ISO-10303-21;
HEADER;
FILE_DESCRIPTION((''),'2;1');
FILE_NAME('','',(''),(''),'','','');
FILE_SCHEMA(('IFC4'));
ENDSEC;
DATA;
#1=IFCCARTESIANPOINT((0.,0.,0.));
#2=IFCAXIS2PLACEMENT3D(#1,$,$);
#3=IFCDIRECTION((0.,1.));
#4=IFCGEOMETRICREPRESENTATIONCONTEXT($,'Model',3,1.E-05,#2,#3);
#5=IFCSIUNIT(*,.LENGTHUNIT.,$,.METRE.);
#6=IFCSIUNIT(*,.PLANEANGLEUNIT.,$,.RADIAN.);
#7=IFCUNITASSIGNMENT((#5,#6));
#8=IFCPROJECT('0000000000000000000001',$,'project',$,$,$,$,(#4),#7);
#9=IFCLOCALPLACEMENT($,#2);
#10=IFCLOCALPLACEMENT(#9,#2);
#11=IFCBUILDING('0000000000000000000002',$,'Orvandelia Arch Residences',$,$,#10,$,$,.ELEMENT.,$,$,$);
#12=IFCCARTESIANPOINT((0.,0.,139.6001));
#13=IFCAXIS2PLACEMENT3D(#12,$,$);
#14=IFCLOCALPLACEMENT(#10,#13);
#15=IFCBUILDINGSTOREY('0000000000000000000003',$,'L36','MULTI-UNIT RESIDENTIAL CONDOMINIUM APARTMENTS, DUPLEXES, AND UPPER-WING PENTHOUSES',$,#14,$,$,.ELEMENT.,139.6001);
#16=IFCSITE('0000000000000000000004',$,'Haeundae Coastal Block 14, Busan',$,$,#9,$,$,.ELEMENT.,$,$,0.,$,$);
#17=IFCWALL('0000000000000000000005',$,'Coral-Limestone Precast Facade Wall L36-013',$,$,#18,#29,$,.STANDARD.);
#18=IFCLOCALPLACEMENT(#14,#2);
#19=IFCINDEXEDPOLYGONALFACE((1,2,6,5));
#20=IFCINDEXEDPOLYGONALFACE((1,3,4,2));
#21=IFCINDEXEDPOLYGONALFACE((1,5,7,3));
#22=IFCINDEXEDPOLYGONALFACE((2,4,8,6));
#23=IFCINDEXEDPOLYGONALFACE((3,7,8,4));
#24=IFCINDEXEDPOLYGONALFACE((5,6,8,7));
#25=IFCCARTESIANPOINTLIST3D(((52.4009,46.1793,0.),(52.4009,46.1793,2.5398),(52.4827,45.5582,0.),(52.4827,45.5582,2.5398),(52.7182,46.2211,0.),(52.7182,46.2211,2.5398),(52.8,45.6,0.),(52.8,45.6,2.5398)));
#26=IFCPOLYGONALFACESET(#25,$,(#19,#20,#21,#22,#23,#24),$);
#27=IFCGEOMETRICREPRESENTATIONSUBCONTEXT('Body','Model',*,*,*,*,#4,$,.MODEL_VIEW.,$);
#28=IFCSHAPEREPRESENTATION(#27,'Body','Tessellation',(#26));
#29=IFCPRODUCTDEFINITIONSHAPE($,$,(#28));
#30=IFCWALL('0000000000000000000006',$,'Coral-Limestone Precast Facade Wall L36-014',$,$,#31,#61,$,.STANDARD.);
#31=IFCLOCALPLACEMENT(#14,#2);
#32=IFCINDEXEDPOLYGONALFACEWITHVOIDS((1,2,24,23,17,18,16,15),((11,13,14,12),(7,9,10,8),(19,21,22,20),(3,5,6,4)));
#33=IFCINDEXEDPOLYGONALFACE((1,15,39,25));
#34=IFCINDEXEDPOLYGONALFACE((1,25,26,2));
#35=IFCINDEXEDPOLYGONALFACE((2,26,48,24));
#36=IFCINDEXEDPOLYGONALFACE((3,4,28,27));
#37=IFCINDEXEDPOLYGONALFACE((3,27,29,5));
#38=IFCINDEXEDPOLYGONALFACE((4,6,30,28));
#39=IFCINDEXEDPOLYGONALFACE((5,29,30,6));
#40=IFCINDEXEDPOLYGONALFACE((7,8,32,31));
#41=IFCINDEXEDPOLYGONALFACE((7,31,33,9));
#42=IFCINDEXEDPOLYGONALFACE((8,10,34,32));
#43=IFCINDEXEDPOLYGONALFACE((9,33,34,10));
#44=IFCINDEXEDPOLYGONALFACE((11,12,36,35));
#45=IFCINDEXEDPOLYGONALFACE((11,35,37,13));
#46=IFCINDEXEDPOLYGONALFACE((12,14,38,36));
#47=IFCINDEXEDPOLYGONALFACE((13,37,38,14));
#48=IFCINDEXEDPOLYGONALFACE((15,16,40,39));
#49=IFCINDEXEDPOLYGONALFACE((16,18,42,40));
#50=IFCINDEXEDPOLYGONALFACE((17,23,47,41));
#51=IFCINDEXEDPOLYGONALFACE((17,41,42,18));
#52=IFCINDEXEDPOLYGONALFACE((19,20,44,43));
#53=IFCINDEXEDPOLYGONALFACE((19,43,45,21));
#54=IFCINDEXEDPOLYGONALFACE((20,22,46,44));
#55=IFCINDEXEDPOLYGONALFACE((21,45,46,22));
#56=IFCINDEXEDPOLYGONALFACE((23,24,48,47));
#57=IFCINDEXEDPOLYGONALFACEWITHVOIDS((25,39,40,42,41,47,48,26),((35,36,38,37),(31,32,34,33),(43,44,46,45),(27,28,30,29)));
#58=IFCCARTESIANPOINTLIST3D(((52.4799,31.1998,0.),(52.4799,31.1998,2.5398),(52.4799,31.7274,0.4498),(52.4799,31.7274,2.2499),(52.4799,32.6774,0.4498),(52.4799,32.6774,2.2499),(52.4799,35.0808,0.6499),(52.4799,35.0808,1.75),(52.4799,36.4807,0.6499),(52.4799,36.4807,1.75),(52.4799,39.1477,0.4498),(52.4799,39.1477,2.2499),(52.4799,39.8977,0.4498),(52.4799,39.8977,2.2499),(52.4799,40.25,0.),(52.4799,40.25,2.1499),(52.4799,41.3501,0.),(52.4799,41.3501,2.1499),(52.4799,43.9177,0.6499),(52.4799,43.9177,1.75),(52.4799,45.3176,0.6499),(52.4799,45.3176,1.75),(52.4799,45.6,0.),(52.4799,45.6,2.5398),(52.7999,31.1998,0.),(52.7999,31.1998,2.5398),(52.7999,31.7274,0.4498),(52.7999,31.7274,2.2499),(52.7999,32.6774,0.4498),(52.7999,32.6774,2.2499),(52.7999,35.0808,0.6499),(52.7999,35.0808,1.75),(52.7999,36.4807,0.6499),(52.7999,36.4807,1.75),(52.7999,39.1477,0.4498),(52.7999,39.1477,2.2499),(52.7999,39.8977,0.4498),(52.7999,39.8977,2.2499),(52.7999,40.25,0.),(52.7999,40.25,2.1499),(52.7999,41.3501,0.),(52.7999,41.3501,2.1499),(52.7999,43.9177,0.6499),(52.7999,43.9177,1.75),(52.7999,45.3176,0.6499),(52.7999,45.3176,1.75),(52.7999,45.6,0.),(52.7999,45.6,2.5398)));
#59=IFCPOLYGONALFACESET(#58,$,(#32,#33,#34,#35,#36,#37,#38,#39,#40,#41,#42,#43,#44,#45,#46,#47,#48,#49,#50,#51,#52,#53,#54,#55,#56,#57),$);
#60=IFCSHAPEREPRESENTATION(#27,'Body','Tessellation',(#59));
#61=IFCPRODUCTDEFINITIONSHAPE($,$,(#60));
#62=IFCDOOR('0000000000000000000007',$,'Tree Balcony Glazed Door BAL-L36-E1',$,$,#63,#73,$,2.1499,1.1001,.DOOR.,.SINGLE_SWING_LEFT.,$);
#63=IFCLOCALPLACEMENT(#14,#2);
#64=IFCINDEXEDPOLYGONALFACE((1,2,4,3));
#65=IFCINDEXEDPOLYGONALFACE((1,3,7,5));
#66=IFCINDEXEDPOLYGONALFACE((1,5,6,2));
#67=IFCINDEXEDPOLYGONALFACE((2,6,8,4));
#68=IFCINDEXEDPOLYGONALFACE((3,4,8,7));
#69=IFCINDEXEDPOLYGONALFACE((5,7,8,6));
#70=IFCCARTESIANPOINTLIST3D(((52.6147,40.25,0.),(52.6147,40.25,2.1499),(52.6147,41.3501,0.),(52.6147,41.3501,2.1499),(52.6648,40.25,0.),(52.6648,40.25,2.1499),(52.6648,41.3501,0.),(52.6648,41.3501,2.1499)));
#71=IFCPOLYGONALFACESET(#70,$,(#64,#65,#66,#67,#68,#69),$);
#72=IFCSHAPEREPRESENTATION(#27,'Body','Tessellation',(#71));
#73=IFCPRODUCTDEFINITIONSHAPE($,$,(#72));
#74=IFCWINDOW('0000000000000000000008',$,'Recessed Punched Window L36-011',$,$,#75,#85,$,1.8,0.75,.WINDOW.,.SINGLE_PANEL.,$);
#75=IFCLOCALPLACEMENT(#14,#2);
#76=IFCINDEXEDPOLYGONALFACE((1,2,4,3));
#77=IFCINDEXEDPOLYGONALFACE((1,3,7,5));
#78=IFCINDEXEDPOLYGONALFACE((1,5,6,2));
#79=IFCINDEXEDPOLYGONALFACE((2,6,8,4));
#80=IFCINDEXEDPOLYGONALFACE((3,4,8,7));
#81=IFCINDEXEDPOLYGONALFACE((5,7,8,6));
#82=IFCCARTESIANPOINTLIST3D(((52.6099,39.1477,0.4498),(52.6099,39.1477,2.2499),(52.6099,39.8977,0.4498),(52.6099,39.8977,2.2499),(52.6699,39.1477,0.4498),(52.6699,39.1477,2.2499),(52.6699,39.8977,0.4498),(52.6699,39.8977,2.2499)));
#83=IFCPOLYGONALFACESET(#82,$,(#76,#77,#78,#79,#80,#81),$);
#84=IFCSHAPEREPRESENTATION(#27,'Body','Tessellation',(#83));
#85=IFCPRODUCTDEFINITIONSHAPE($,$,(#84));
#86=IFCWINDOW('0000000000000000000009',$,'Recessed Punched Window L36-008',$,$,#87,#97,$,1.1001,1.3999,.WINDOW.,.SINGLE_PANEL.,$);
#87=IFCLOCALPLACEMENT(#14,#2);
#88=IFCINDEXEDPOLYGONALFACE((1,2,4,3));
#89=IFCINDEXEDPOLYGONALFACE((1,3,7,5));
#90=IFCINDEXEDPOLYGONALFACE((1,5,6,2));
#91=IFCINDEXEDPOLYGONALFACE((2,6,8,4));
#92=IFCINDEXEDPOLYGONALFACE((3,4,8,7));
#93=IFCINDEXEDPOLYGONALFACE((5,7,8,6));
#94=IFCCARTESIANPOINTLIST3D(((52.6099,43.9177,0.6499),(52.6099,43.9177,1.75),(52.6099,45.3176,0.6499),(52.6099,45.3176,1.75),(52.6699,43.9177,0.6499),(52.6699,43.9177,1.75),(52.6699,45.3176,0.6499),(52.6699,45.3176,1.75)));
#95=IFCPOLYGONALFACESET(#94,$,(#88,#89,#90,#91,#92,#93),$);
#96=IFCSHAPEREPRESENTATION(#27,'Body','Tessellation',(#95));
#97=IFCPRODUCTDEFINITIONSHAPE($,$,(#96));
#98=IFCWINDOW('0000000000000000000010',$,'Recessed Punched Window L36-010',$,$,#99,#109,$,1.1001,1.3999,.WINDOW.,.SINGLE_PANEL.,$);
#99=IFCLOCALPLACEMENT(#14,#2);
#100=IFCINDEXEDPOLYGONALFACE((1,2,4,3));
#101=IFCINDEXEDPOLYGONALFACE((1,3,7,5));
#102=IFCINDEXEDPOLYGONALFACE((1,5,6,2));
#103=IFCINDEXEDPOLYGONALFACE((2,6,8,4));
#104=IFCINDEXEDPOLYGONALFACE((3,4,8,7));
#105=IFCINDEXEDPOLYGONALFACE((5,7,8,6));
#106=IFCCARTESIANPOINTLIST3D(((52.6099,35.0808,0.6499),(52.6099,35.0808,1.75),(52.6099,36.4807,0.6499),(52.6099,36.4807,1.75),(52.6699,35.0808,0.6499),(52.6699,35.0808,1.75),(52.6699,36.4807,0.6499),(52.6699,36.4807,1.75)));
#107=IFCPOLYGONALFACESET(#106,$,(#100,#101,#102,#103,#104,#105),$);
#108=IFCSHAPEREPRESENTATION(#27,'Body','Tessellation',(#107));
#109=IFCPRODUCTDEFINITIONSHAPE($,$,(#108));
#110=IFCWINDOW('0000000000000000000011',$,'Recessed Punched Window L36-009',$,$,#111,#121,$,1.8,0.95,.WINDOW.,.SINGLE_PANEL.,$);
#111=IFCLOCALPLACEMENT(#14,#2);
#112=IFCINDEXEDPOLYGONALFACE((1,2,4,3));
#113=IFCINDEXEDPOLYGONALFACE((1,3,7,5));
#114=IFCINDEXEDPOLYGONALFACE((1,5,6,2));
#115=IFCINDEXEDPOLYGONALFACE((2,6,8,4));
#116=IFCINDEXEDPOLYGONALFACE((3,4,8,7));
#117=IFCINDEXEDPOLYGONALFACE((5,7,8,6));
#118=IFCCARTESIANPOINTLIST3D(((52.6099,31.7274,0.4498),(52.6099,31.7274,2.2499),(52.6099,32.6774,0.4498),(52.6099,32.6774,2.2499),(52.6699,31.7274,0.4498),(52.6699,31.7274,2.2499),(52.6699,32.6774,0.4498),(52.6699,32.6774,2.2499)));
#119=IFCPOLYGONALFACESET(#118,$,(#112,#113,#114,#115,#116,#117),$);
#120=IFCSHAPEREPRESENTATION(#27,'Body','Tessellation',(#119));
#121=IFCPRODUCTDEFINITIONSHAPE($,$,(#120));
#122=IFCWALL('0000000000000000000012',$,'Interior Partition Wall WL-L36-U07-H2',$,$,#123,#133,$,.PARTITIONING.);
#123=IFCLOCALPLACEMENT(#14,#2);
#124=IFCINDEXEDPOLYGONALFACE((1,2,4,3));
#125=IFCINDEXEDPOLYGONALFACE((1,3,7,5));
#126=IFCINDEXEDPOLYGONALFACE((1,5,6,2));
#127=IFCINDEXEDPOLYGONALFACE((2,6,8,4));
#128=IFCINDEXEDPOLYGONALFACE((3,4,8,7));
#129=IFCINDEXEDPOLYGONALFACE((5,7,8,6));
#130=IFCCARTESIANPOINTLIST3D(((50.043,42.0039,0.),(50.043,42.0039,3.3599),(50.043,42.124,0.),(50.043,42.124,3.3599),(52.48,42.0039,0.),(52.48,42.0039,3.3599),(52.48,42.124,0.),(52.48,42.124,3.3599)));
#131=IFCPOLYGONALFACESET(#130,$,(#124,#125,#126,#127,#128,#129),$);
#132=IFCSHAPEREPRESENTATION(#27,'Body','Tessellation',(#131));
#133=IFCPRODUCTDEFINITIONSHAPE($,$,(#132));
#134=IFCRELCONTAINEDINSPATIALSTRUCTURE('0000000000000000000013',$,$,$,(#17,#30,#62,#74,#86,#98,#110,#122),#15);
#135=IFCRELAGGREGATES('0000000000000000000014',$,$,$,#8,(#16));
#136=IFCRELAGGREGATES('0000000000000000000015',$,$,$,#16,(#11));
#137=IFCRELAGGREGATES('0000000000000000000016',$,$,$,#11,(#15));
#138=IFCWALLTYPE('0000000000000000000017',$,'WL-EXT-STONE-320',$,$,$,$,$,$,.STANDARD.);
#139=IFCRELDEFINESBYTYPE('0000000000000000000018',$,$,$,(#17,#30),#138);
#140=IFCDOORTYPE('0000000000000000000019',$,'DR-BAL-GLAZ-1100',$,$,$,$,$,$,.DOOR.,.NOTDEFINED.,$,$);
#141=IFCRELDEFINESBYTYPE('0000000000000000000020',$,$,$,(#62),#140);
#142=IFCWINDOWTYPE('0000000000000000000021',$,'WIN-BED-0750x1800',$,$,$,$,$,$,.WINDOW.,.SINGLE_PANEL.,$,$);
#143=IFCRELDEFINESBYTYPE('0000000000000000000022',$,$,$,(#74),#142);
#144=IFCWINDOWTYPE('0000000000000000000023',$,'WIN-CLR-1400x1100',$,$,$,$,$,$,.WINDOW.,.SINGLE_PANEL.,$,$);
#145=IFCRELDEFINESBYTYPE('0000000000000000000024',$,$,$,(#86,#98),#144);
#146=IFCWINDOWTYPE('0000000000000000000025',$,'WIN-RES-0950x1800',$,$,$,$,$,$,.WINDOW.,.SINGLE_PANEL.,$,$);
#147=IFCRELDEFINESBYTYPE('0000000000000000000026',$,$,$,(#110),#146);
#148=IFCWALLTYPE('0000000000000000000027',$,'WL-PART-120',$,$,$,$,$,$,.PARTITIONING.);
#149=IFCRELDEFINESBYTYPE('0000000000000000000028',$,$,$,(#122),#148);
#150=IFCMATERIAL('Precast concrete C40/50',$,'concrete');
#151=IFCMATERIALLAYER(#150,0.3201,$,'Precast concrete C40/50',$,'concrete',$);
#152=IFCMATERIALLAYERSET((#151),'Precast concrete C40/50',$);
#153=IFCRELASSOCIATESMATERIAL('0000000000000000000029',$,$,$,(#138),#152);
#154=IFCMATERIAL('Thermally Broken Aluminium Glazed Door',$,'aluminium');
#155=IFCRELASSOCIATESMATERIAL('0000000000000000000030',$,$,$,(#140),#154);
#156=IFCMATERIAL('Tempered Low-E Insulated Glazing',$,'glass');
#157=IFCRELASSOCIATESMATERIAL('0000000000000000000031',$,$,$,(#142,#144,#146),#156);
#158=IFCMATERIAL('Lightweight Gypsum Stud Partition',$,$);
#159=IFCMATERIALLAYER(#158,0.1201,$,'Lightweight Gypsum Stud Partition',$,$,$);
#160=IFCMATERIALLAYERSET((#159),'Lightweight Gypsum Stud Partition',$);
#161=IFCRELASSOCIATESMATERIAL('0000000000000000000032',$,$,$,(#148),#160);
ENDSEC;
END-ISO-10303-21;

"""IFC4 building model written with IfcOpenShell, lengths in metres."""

from ifc_helpers import new_model, si_unit, direction, frame, frame_2d, origin, place, context, subcontext, project, spatial, rectangle, extrude, material, layer, layer_set, type_object, element, fill, save


model = new_model("IFC4")

# Units and contexts
model_context = context("Model", 3, precision=1e-05, world=origin(), true_north=direction((0.0, 1.0)))
body_context = subcontext(model_context, "Body", "Model", "MODEL_VIEW")
ifc_project = project(units=[si_unit("LENGTHUNIT", "METRE"), si_unit("PLANEANGLEUNIT", "RADIAN")], contexts=[model_context])

# Site, building, storey
site_placement = place(None, origin())
site = spatial("IfcSite", under=ifc_project, at=site_placement, Name="Haeundae Coastal Block 14, Busan", CompositionType="ELEMENT", RefElevation=0.0)
building_placement = place(site_placement, origin())
building = spatial("IfcBuilding", under=site, at=building_placement, Name="Orvandelia Arch Residences", CompositionType="ELEMENT")
storey_placement = place(building_placement, frame((0.0, 0.0, 139.6001)))
storey = spatial("IfcBuildingStorey", under=building, at=storey_placement, Name="L36", Description="MULTI-UNIT RESIDENTIAL CONDOMINIUM APARTMENTS, DUPLEXES, AND UPPER-WING PENTHOUSES", CompositionType="ELEMENT", Elevation=139.6001)

# Wall
ifc_material_1 = material(Name="Precast concrete C40/50", Category="concrete")
ifc_layer_1 = layer(ifc_material_1, 0.3201, Name="Precast concrete C40/50", Category="concrete")
ifc_layer_set_1 = layer_set([ifc_layer_1], Name="Precast concrete C40/50")
wall_type_1 = type_object("IfcWallType", Name="WL-EXT-STONE-320", PredefinedType="STANDARD", material=ifc_layer_set_1)
for number, where, z_axis, x_axis, name in (
    (1, (52.5596, 46.2002, 0.0), (0.0, 0.0, 1.0), (0.130555, -0.991441, 0.0), "Coral-Limestone Precast Facade Wall L36-013"),
):
    element("IfcWall", number, at=place(storey_placement, frame(where, z_axis=z_axis, x_axis=x_axis)), inside=storey, type_object=wall_type_1, Name=name, PredefinedType="STANDARD", context=body_context, shape_type="SweptSolid", body=[
        extrude(rectangle(XDim=0.6265, YDim=0.3201, at=frame_2d((0.3132, 0.0))), origin(), (0.0, 0.0, 1.0), 2.5398),
    ])

# Wall, openings, door, windows
wall_1_placement = place(storey_placement, frame((52.6399, 45.6001, 0.0), z_axis=(0.0, 0.0, 1.0), x_axis=(0.0, -1.0, 0.0)))
wall_1 = element("IfcWall", 2, at=wall_1_placement, inside=storey, type_object=wall_type_1, Name="Coral-Limestone Precast Facade Wall L36-014", PredefinedType="STANDARD", context=body_context, shape_type="SweptSolid", body=[
    extrude(rectangle(XDim=14.4001, YDim=0.3201, at=frame_2d((7.2002, 0.0))), origin(), (0.0, 0.0, 1.0), 2.5398),
])
opening_1_placement = place(wall_1_placement, frame((4.25, 0.0, 0.0)))
opening_1 = element("IfcOpeningElement", 3, at=opening_1_placement, cuts=wall_1, PredefinedType="OPENING", context=body_context, shape_type="SweptSolid", body=[
    extrude(rectangle(XDim=1.1001, YDim=2.1499, at=frame_2d((0.55, 1.075))), frame((0.0, 0.1699, 0.0), z_axis=(0.0, -1.0, 0.0), x_axis=(1.0, 0.0, 0.0)), (0.0, 0.0, 1.0), 0.3401),
])
opening_2_placement = place(wall_1_placement, frame((0.2825, 0.0, 0.6499)))
opening_2 = element("IfcOpeningElement", 4, at=opening_2_placement, cuts=wall_1, PredefinedType="OPENING", context=body_context, shape_type="SweptSolid", body=[
    extrude(rectangle(XDim=1.3999, YDim=1.1001, at=frame_2d((0.7, 0.55))), frame((0.0, 0.1699, 0.0), z_axis=(0.0, -1.0, 0.0), x_axis=(1.0, 0.0, 0.0)), (0.0, 0.0, 1.0), 0.3401),
])
opening_3_placement = place(wall_1_placement, frame((12.9226, 0.0, 0.45)))
opening_3 = element("IfcOpeningElement", 5, at=opening_3_placement, cuts=wall_1, PredefinedType="OPENING", context=body_context, shape_type="SweptSolid", body=[
    extrude(rectangle(XDim=0.95, YDim=1.8, at=frame_2d((0.4751, 0.8999))), frame((0.0, 0.1699, 0.0), z_axis=(0.0, -1.0, 0.0), x_axis=(1.0, 0.0, 0.0)), (0.0, 0.0, 1.0), 0.3401),
])
opening_4_placement = place(wall_1_placement, frame((9.1194, 0.0, 0.6499)))
opening_4 = element("IfcOpeningElement", 6, at=opening_4_placement, cuts=wall_1, PredefinedType="OPENING", context=body_context, shape_type="SweptSolid", body=[
    extrude(rectangle(XDim=1.3999, YDim=1.1001, at=frame_2d((0.7, 0.55))), frame((0.0, 0.1699, 0.0), z_axis=(0.0, -1.0, 0.0), x_axis=(1.0, 0.0, 0.0)), (0.0, 0.0, 1.0), 0.3401),
])
opening_5_placement = place(wall_1_placement, frame((5.7024, 0.0, 0.45)))
opening_5 = element("IfcOpeningElement", 7, at=opening_5_placement, cuts=wall_1, PredefinedType="OPENING", context=body_context, shape_type="SweptSolid", body=[
    extrude(rectangle(XDim=0.75, YDim=1.8, at=frame_2d((0.375, 0.8999))), frame((0.0, 0.1699, 0.0), z_axis=(0.0, -1.0, 0.0), x_axis=(1.0, 0.0, 0.0)), (0.0, 0.0, 1.0), 0.3401),
])
ifc_material_2 = material(Name="Thermally Broken Aluminium Glazed Door", Category="aluminium")
door_type_1 = type_object("IfcDoorType", Name="DR-BAL-GLAZ-1100", OperationType="NOTDEFINED", PredefinedType="DOOR", material=ifc_material_2)
door_1_placement = place(opening_1_placement, origin())
door_1 = element("IfcDoor", 8, at=door_1_placement, inside=storey, type_object=door_type_1, Name="Tree Balcony Glazed Door BAL-L36-E1", OperationType="SINGLE_SWING_LEFT", OverallHeight=2.1499, OverallWidth=1.1001, PredefinedType="DOOR", context=body_context, shape_type="SweptSolid", body=[
    extrude(rectangle(XDim=1.1001, YDim=2.1499, at=frame_2d((0.55, 1.075))), frame((0.0, 0.0249, 0.0), z_axis=(0.0, -1.0, 0.0), x_axis=(1.0, 0.0, 0.0)), (0.0, 0.0, 1.0), 0.05),
])
fill(opening_1, door_1)
ifc_material_3 = material(Name="Tempered Low-E Insulated Glazing", Category="glass")
window_type_1 = type_object("IfcWindowType", Name="WIN-BED-0750x1800", PartitioningType="SINGLE_PANEL", PredefinedType="WINDOW", material=ifc_material_3)
window_1_placement = place(opening_5_placement, origin())
window_1 = element("IfcWindow", 9, at=window_1_placement, inside=storey, type_object=window_type_1, Name="Recessed Punched Window L36-011", OverallHeight=1.8, OverallWidth=0.75, PartitioningType="SINGLE_PANEL", PredefinedType="WINDOW", context=body_context, shape_type="SweptSolid", body=[
    extrude(rectangle(XDim=0.75, YDim=1.8, at=frame_2d((0.375, 0.8999))), frame((0.0, 0.03, 0.0), z_axis=(0.0, -1.0, 0.0), x_axis=(1.0, 0.0, 0.0)), (0.0, 0.0, 1.0), 0.0601),
])
fill(opening_5, window_1)
window_type_2 = type_object("IfcWindowType", Name="WIN-CLR-1400x1100", PartitioningType="SINGLE_PANEL", PredefinedType="WINDOW", material=ifc_material_3)
window_2_placement = place(opening_2_placement, origin())
window_2 = element("IfcWindow", 10, at=window_2_placement, inside=storey, type_object=window_type_2, Name="Recessed Punched Window L36-008", OverallHeight=1.1001, OverallWidth=1.3999, PartitioningType="SINGLE_PANEL", PredefinedType="WINDOW", context=body_context, shape_type="SweptSolid", body=[
    extrude(rectangle(XDim=1.3999, YDim=1.1001, at=frame_2d((0.7, 0.55))), frame((0.0, 0.03, 0.0), z_axis=(0.0, -1.0, 0.0), x_axis=(1.0, 0.0, 0.0)), (0.0, 0.0, 1.0), 0.0601),
])
fill(opening_2, window_2)
window_3_placement = place(opening_4_placement, origin())
window_3 = element("IfcWindow", 11, at=window_3_placement, inside=storey, type_object=window_type_2, Name="Recessed Punched Window L36-010", OverallHeight=1.1001, OverallWidth=1.3999, PartitioningType="SINGLE_PANEL", PredefinedType="WINDOW", context=body_context, shape_type="SweptSolid", body=[
    extrude(rectangle(XDim=1.3999, YDim=1.1001, at=frame_2d((0.7, 0.55))), frame((0.0, 0.03, 0.0), z_axis=(0.0, -1.0, 0.0), x_axis=(1.0, 0.0, 0.0)), (0.0, 0.0, 1.0), 0.0601),
])
fill(opening_4, window_3)
window_type_3 = type_object("IfcWindowType", Name="WIN-RES-0950x1800", PartitioningType="SINGLE_PANEL", PredefinedType="WINDOW", material=ifc_material_3)
window_4_placement = place(opening_3_placement, origin())
window_4 = element("IfcWindow", 12, at=window_4_placement, inside=storey, type_object=window_type_3, Name="Recessed Punched Window L36-009", OverallHeight=1.8, OverallWidth=0.95, PartitioningType="SINGLE_PANEL", PredefinedType="WINDOW", context=body_context, shape_type="SweptSolid", body=[
    extrude(rectangle(XDim=0.95, YDim=1.8, at=frame_2d((0.4751, 0.8999))), frame((0.0, 0.03, 0.0), z_axis=(0.0, -1.0, 0.0), x_axis=(1.0, 0.0, 0.0)), (0.0, 0.0, 1.0), 0.0601),
])
fill(opening_3, window_4)

# Wall
ifc_material_4 = material(Name="Lightweight Gypsum Stud Partition")
ifc_layer_2 = layer(ifc_material_4, 0.1201, Name="Lightweight Gypsum Stud Partition")
ifc_layer_set_2 = layer_set([ifc_layer_2], Name="Lightweight Gypsum Stud Partition")
wall_type_2 = type_object("IfcWallType", Name="WL-PART-120", PredefinedType="PARTITIONING", material=ifc_layer_set_2)
wall_2_placement = place(storey_placement, frame((50.043, 42.064, 0.0), z_axis=(0.0, 0.0, 1.0), x_axis=(1.0, 0.0, 0.0)))
element("IfcWall", 13, at=wall_2_placement, inside=storey, type_object=wall_type_2, Name="Interior Partition Wall WL-L36-U07-H2", PredefinedType="PARTITIONING", context=body_context, shape_type="SweptSolid", body=[
    extrude(rectangle(XDim=2.437, YDim=0.1201, at=frame_2d((1.2185, 0.0))), origin(), (0.0, 0.0, 1.0), 3.3599),
])

save(model, "model.ifc")
